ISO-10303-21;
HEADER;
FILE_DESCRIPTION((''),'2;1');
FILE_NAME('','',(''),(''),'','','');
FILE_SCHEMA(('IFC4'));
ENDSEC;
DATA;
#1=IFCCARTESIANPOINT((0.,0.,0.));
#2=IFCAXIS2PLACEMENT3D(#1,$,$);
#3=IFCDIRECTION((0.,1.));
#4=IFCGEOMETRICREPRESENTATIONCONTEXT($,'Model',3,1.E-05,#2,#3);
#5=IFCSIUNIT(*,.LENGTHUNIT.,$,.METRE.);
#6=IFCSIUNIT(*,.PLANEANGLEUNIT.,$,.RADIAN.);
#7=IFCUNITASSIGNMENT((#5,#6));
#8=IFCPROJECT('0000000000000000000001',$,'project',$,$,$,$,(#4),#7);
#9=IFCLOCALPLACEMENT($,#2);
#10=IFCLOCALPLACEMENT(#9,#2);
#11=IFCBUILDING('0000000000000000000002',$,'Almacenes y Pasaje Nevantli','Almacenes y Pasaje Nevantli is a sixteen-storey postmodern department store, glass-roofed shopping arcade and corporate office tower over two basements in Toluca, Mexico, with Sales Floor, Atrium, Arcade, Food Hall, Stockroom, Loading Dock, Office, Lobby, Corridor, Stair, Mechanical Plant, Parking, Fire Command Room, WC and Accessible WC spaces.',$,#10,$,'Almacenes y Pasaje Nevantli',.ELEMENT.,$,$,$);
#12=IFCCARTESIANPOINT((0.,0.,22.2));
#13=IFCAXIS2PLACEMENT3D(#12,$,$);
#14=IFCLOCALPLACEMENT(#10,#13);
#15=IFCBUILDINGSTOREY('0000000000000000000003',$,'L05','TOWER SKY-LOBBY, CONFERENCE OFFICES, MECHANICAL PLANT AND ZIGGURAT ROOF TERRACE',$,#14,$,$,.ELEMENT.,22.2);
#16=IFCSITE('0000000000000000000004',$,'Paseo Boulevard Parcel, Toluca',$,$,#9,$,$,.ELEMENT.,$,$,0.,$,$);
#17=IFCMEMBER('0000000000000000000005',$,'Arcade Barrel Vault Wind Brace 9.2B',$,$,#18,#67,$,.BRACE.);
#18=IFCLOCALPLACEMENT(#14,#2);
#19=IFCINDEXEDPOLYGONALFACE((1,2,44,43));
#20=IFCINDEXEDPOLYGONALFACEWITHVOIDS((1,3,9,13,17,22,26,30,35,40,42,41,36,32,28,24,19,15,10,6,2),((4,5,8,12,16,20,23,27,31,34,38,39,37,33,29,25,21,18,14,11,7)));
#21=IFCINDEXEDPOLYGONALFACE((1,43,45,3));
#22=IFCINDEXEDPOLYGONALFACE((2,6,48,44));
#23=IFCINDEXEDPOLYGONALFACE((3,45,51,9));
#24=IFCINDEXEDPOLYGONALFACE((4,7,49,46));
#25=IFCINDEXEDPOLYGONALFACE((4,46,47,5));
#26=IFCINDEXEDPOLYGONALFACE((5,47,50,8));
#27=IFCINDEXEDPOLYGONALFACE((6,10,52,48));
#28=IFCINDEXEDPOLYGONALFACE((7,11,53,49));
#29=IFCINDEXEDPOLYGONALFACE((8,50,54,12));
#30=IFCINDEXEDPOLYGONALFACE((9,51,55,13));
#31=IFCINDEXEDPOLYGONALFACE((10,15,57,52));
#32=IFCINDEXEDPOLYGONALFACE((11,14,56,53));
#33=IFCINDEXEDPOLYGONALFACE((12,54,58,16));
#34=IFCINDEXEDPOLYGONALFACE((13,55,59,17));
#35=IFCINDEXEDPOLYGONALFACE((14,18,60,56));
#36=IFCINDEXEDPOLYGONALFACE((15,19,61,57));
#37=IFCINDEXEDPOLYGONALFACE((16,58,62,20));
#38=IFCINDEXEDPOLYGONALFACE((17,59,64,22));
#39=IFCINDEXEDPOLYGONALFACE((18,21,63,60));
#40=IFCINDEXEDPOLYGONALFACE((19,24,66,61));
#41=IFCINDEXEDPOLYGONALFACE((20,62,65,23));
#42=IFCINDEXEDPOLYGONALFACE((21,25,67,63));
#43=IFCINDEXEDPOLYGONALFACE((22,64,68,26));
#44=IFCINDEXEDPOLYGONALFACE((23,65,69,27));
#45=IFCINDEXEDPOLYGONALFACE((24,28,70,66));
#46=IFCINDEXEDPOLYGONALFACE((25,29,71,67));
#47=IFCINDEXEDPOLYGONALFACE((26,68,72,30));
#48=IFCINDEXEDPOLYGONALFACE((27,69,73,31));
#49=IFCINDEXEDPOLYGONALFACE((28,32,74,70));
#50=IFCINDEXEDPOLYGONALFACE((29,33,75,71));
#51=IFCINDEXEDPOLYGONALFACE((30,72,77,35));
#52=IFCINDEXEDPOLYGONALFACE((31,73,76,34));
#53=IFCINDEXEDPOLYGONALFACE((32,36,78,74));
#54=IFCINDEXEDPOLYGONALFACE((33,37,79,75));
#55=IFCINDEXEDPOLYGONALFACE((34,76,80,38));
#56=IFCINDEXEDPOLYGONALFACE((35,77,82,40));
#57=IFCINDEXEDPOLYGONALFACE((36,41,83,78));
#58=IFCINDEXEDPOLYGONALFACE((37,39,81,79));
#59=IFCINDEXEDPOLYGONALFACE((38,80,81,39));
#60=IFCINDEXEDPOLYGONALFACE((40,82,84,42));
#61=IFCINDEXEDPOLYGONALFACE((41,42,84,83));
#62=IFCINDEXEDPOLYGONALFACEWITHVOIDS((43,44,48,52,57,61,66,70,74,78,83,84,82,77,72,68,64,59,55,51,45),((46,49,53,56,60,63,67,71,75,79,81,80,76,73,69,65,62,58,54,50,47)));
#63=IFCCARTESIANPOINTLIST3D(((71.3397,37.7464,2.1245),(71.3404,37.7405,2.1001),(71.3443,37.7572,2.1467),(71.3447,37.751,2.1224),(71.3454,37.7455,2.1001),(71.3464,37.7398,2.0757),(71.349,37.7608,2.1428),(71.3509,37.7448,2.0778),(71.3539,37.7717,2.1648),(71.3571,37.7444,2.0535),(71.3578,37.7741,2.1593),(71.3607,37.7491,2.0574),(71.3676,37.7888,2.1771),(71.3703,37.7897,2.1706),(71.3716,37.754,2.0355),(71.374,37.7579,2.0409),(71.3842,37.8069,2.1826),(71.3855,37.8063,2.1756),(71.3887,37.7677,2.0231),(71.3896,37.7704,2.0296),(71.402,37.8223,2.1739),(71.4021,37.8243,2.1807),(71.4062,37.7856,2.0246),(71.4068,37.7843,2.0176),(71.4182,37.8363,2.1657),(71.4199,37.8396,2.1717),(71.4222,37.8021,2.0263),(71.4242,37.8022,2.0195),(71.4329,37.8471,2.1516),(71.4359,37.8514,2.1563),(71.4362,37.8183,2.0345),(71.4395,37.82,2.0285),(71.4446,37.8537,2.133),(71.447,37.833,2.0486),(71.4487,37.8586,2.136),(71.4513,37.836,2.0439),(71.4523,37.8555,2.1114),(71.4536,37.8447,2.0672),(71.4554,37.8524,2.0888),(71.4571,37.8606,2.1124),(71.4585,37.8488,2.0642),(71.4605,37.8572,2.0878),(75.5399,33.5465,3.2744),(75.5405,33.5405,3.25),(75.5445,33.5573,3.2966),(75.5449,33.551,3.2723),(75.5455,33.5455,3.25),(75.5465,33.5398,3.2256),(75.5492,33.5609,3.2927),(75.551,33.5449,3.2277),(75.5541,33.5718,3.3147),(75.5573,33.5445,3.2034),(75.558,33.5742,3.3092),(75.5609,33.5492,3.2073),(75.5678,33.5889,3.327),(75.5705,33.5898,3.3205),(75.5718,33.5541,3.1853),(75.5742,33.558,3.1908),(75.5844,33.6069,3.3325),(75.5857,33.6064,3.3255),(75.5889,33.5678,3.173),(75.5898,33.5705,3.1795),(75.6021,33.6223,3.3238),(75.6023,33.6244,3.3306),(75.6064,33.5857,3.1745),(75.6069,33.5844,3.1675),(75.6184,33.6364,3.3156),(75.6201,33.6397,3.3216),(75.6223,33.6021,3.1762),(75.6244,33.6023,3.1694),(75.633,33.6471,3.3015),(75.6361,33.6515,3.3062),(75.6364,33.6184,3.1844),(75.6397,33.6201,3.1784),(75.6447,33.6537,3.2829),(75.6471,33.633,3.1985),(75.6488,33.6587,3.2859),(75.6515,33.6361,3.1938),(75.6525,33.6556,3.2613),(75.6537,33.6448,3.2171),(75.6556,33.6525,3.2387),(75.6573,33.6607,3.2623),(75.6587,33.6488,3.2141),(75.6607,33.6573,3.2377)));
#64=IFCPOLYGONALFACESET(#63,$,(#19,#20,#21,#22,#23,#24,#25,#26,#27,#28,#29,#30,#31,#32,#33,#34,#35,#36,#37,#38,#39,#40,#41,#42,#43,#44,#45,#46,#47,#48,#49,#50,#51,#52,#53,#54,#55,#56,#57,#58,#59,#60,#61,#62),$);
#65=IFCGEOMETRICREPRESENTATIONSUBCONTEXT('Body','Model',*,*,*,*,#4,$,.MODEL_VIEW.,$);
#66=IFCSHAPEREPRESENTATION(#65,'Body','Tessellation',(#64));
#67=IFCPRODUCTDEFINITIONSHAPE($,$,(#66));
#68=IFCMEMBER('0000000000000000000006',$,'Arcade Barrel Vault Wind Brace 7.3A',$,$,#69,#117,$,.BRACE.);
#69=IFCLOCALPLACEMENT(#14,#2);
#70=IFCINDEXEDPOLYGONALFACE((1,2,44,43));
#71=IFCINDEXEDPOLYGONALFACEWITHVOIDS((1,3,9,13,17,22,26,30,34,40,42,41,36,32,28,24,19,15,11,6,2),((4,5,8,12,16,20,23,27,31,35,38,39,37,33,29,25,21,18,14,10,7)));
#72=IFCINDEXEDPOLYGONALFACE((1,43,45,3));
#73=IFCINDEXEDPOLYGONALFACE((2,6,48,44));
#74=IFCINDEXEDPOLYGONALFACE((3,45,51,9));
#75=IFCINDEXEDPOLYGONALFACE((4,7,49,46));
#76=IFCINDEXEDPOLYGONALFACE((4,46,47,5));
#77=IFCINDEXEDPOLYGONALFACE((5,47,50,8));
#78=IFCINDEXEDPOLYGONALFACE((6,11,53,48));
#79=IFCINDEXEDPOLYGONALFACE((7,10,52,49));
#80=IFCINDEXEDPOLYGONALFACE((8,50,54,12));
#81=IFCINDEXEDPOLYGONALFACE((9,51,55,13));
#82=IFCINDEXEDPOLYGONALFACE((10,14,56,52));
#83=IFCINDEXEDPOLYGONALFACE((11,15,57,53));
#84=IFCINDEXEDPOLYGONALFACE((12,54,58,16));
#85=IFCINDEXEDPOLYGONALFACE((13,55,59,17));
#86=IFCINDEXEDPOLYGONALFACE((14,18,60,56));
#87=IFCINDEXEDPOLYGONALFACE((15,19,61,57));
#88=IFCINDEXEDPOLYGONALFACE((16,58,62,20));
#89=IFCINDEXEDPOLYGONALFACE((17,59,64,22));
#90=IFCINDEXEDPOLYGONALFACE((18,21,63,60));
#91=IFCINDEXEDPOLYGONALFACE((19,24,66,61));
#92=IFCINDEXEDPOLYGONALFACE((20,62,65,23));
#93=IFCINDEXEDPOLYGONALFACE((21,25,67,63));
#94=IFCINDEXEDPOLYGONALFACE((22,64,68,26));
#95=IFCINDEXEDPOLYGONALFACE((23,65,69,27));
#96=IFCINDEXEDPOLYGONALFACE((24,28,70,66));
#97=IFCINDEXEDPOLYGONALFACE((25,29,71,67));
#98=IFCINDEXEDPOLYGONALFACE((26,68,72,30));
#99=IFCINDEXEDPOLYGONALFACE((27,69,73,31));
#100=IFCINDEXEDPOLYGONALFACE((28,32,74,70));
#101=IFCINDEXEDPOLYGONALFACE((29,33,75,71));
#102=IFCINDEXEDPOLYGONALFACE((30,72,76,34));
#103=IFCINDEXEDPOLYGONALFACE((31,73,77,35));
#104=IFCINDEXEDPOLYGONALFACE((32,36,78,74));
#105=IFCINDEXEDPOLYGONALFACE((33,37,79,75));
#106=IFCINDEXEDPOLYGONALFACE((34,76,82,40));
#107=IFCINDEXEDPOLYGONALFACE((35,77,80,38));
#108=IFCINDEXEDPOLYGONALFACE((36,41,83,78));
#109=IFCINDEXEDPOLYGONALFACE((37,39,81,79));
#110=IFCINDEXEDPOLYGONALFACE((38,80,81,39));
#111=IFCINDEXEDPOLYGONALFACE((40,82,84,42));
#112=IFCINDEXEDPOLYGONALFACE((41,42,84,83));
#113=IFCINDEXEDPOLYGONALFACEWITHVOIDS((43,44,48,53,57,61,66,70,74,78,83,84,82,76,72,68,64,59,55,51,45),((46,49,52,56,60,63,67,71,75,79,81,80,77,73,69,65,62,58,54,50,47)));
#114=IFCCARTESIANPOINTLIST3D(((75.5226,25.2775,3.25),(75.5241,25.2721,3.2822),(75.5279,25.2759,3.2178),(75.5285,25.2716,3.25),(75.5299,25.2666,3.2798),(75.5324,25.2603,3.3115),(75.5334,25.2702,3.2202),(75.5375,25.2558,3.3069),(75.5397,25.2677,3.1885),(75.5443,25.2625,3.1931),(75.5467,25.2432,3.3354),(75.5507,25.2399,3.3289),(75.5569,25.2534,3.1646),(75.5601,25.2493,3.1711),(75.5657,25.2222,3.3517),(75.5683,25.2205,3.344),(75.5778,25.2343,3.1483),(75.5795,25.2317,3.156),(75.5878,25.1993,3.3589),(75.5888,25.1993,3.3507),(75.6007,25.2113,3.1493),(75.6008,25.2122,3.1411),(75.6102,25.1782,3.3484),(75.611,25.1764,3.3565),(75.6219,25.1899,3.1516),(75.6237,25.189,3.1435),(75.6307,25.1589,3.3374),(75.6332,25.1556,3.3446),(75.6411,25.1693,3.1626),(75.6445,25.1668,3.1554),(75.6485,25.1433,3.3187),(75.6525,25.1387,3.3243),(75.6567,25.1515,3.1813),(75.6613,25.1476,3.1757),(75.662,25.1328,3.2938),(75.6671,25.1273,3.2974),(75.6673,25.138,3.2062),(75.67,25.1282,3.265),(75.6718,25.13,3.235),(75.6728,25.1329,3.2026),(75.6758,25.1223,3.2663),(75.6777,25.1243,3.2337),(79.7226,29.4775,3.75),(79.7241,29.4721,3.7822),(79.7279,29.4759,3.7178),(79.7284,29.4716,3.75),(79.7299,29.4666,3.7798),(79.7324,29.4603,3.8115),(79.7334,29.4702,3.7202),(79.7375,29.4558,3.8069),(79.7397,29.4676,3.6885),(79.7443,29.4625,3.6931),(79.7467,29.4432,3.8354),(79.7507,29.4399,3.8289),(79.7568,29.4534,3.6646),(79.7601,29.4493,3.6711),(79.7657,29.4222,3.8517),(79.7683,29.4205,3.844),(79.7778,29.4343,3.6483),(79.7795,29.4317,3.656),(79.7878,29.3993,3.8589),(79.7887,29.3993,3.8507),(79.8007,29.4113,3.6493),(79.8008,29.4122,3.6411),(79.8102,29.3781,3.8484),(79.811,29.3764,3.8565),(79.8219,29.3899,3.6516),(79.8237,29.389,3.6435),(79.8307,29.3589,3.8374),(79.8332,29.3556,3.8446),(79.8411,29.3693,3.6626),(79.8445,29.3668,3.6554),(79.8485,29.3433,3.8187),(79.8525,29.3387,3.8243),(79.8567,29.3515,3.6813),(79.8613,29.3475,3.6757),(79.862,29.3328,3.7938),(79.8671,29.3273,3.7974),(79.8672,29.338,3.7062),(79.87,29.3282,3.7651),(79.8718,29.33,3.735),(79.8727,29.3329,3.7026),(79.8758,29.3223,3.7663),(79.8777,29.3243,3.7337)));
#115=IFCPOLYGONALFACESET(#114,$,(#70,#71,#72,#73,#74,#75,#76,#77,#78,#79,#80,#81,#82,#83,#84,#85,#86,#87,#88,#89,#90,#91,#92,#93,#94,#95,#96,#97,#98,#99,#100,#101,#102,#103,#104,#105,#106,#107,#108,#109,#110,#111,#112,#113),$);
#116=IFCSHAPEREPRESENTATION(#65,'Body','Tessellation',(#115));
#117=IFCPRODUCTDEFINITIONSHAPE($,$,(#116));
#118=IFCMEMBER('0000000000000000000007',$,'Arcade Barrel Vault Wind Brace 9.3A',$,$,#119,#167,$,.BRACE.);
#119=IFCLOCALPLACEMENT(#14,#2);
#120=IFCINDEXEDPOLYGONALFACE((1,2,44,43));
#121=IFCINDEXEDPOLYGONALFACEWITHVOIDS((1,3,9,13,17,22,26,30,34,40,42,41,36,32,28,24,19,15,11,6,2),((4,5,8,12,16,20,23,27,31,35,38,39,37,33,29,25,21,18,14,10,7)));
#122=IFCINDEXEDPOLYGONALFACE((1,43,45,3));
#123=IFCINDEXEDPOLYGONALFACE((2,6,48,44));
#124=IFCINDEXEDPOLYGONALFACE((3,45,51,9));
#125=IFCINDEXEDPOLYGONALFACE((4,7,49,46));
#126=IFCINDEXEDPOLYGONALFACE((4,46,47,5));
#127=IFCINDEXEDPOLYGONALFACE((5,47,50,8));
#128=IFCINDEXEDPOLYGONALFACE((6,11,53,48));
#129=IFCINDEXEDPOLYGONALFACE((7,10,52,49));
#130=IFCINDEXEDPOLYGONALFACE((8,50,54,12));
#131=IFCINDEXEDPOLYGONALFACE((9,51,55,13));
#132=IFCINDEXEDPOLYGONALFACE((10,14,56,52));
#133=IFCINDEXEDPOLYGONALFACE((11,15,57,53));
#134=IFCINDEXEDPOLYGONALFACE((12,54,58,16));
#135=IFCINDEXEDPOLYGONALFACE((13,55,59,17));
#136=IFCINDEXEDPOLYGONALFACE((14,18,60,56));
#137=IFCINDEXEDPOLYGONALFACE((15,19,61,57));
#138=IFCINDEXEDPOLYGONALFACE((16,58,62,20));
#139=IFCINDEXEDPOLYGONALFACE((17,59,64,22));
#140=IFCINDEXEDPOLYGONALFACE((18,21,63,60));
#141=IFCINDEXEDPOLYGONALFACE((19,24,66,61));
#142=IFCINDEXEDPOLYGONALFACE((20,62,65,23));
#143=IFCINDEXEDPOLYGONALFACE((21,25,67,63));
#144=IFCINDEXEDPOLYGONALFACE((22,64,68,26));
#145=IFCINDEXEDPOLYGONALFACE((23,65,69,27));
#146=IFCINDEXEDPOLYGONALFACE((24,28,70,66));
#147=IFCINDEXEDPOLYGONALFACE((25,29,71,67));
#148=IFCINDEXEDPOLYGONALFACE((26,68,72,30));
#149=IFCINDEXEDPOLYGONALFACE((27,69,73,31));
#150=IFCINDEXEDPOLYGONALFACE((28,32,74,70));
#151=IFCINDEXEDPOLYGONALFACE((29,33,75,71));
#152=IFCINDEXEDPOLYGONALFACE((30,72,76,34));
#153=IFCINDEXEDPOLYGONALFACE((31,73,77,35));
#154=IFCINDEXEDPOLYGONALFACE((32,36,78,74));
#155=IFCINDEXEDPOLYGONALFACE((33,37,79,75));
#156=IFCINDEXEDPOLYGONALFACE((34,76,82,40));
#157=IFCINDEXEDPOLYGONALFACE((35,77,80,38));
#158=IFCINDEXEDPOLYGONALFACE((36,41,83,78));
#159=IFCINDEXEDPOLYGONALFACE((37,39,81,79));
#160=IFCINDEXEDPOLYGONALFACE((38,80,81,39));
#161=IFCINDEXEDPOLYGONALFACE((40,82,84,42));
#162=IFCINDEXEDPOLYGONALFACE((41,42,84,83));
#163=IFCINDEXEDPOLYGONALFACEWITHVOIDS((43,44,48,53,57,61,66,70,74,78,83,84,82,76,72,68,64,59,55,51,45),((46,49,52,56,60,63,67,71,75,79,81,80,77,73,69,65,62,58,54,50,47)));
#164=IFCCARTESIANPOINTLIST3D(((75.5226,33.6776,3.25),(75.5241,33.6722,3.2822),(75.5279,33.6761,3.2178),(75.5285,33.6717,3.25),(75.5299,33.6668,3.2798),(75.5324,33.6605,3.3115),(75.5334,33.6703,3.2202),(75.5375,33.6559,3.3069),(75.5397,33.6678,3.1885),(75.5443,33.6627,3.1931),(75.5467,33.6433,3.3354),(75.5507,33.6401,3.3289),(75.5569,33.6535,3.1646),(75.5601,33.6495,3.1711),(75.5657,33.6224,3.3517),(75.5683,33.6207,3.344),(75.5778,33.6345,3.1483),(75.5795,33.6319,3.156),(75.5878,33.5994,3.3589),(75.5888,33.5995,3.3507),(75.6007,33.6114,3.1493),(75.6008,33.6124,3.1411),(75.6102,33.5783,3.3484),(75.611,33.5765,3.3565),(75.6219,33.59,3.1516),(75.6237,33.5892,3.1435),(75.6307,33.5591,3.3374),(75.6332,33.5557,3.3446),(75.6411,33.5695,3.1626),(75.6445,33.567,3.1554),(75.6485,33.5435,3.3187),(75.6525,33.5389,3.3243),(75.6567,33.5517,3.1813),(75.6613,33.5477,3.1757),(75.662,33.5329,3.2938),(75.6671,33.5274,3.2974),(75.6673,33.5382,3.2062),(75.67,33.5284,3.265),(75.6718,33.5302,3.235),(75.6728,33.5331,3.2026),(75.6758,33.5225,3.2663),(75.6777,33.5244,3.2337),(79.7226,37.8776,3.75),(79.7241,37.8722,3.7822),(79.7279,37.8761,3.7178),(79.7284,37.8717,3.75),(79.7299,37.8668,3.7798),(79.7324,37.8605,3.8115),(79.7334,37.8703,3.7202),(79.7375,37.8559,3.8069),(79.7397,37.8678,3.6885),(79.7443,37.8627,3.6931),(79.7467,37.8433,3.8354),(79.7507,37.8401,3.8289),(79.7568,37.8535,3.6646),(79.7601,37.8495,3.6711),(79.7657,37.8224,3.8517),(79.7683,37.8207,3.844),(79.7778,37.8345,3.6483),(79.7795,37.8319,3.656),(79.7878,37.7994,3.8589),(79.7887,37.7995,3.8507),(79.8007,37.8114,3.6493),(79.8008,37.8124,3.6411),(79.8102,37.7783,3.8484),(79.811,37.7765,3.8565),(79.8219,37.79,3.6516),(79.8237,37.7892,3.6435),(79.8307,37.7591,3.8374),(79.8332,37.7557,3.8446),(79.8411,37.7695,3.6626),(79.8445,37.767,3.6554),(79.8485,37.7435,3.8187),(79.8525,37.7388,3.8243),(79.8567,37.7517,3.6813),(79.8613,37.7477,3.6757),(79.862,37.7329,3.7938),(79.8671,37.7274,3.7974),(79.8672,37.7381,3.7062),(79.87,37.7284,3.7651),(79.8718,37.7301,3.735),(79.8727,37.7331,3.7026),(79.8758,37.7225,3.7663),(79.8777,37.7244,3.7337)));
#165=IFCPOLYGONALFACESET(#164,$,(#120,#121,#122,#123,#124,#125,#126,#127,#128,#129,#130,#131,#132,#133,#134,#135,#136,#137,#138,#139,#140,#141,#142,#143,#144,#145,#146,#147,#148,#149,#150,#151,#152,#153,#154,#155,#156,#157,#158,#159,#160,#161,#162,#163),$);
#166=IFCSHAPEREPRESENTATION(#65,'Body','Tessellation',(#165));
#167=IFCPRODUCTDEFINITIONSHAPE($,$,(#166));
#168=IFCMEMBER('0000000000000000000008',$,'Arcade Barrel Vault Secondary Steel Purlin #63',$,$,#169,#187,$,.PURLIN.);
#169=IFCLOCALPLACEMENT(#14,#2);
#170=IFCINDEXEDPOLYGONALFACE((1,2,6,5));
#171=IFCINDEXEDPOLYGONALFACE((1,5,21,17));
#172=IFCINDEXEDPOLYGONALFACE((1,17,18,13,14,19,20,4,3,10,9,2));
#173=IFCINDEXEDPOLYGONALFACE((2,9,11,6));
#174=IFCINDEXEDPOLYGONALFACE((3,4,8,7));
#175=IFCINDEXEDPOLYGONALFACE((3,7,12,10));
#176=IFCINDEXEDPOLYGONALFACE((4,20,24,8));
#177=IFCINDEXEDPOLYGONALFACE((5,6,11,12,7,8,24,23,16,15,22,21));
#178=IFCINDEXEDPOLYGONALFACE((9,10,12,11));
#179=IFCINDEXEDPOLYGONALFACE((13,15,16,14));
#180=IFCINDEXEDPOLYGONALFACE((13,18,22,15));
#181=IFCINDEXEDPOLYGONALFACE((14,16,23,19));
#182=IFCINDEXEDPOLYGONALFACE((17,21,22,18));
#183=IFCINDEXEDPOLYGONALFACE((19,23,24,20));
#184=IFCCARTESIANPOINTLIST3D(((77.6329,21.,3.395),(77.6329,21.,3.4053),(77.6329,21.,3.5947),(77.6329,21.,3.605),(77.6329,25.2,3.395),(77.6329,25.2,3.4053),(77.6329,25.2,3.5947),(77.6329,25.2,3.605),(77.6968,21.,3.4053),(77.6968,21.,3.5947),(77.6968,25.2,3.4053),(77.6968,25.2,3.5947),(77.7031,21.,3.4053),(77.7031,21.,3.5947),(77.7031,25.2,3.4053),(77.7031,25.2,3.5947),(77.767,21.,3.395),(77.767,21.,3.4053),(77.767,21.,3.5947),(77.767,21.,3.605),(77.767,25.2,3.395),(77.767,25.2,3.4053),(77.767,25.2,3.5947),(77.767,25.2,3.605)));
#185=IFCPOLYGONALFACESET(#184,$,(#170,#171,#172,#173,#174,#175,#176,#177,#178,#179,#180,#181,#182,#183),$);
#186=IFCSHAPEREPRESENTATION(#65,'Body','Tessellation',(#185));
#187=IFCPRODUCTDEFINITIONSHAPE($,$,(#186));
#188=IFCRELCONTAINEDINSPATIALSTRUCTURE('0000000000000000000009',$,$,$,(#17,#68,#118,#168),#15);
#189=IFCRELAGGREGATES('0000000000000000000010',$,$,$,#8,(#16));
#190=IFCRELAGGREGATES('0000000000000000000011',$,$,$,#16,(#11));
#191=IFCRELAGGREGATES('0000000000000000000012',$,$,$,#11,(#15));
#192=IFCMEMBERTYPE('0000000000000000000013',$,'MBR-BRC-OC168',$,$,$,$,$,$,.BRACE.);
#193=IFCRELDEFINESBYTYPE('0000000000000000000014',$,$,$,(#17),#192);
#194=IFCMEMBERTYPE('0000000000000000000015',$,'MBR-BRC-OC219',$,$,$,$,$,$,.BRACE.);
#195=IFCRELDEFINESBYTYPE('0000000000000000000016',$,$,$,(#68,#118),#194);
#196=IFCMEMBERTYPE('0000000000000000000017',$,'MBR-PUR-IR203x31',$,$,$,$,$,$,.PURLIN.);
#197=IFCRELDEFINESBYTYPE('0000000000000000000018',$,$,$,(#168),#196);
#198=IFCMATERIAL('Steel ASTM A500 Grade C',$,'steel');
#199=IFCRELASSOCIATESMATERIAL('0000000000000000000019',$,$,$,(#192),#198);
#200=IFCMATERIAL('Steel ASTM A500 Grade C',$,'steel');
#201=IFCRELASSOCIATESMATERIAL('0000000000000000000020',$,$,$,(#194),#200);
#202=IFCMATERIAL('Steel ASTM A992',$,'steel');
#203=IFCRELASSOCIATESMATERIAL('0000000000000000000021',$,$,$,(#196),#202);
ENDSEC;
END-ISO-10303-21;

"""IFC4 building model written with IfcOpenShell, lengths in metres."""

from ifc_helpers import new_model, si_unit, direction, frame, origin, origin_2d, place, context, subcontext, project, spatial, hollow_circle, i_section, extrude, material, material_profile, profile_set, type_object, element, save


model = new_model("IFC4")

# Units and contexts
model_context = context("Model", 3, precision=1e-05, world=origin(), true_north=direction((0.0, 1.0)))
body_context = subcontext(model_context, "Body", "Model", "MODEL_VIEW")
ifc_project = project(units=[si_unit("LENGTHUNIT", "METRE"), si_unit("PLANEANGLEUNIT", "RADIAN")], contexts=[model_context])

# Site, building, storey
site_placement = place(None, origin())
site = spatial("IfcSite", under=ifc_project, at=site_placement, Name="Paseo Boulevard Parcel, Toluca", CompositionType="ELEMENT", RefElevation=0.0)
building_placement = place(site_placement, origin())
building = spatial("IfcBuilding", under=site, at=building_placement, Name="Almacenes y Pasaje Nevantli", Description="Almacenes y Pasaje Nevantli is a sixteen-storey postmodern department store, glass-roofed shopping arcade and corporate office tower over two basements in Toluca, Mexico, with Sales Floor, Atrium, Arcade, Food Hall, Stockroom, Loading Dock, Office, Lobby, Corridor, Stair, Mechanical Plant, Parking, Fire Command Room, WC and Accessible WC spaces.", LongName="Almacenes y Pasaje Nevantli", CompositionType="ELEMENT")
storey_placement = place(building_placement, frame((0.0, 0.0, 22.2)))
storey = spatial("IfcBuildingStorey", under=building, at=storey_placement, Name="L05", Description="TOWER SKY-LOBBY, CONFERENCE OFFICES, MECHANICAL PLANT AND ZIGGURAT ROOF TERRACE", CompositionType="ELEMENT", Elevation=22.2)

# Members
ifc_material_1 = material(Name="Steel ASTM A500 Grade C", Category="steel")
ifc_material_profile_1 = material_profile(ifc_material_1, hollow_circle(Radius=0.0842, WallThickness=0.0071, at=origin_2d()), Name="OC 168x7.1")
ifc_profile_set_1 = profile_set([ifc_material_profile_1], Name="Steel ASTM A500 Grade C")
member_type_1 = type_object("IfcMemberType", Name="MBR-BRC-OC168", PredefinedType="BRACE", material=ifc_profile_set_1)
for number, where, z_axis, x_axis, name in (
    (1, (75.6001, 33.6001, 3.25), (-0.694238, 0.694197, -0.190064), (-0.707086, -0.707127, 0.0), "Arcade Barrel Vault Wind Brace 9.2B"),
):
    element("IfcMember", number, at=place(storey_placement, frame(where, z_axis=z_axis, x_axis=x_axis)), inside=storey, type_object=member_type_1, Name=name, PredefinedType="BRACE", context=body_context, shape_type="SweptSolid", body=[
        extrude(hollow_circle(Radius=0.0842, WallThickness=0.0071, at=origin_2d()), origin(), (0.0, 0.0, 1.0), 6.05),
    ])
ifc_material_2 = material(Name="Steel ASTM A500 Grade C", Category="steel")
ifc_material_profile_2 = material_profile(ifc_material_2, hollow_circle(Radius=0.1096, WallThickness=0.0083, at=origin_2d()), Name="OC 219x8.2")
ifc_profile_set_2 = profile_set([ifc_material_profile_2], Name="Steel ASTM A500 Grade C")
member_type_2 = type_object("IfcMemberType", Name="MBR-BRC-OC219", PredefinedType="BRACE", material=ifc_profile_set_2)
for number, where, z_axis, x_axis, name in (
    (2, (75.6001, 25.2, 3.25), (0.704615, 0.704615, 0.083884), (-0.707107, 0.707107, 0.0), "Arcade Barrel Vault Wind Brace 7.3A"),
    (3, (75.6001, 33.6001, 3.25), (0.704615, 0.704615, 0.083884), (-0.707107, 0.707107, 0.0), "Arcade Barrel Vault Wind Brace 9.3A"),
):
    element("IfcMember", number, at=place(storey_placement, frame(where, z_axis=z_axis, x_axis=x_axis)), inside=storey, type_object=member_type_2, Name=name, PredefinedType="BRACE", context=body_context, shape_type="SweptSolid", body=[
        extrude(hollow_circle(Radius=0.1096, WallThickness=0.0083, at=origin_2d()), origin(), (0.0, 0.0, 1.0), 5.9607),
    ])
ifc_material_3 = material(Name="Steel ASTM A992", Category="steel")
ifc_material_profile_3 = material_profile(ifc_material_3, i_section(OverallWidth=0.134, OverallDepth=0.21, WebThickness=0.0063, FlangeThickness=0.0103, at=origin_2d()), Name="IR 203x31.3")
ifc_profile_set_3 = profile_set([ifc_material_profile_3], Name="Steel ASTM A992")
member_type_3 = type_object("IfcMemberType", Name="MBR-PUR-IR203x31", PredefinedType="PURLIN", material=ifc_profile_set_3)
for number, where, z_axis, x_axis, name in (
    (4, (77.7, 21.0, 3.5), (0.0, 1.0, 0.0), (-1.0, 0.0, 0.0), "Arcade Barrel Vault Secondary Steel Purlin #63"),
):
    element("IfcMember", number, at=place(storey_placement, frame(where, z_axis=z_axis, x_axis=x_axis)), inside=storey, type_object=member_type_3, Name=name, PredefinedType="PURLIN", context=body_context, shape_type="SweptSolid", body=[
        extrude(i_section(OverallWidth=0.134, OverallDepth=0.21, WebThickness=0.0063, FlangeThickness=0.0103, at=origin_2d()), origin(), (0.0, 0.0, 1.0), 4.2),
    ])

save(model, "model.ifc")
